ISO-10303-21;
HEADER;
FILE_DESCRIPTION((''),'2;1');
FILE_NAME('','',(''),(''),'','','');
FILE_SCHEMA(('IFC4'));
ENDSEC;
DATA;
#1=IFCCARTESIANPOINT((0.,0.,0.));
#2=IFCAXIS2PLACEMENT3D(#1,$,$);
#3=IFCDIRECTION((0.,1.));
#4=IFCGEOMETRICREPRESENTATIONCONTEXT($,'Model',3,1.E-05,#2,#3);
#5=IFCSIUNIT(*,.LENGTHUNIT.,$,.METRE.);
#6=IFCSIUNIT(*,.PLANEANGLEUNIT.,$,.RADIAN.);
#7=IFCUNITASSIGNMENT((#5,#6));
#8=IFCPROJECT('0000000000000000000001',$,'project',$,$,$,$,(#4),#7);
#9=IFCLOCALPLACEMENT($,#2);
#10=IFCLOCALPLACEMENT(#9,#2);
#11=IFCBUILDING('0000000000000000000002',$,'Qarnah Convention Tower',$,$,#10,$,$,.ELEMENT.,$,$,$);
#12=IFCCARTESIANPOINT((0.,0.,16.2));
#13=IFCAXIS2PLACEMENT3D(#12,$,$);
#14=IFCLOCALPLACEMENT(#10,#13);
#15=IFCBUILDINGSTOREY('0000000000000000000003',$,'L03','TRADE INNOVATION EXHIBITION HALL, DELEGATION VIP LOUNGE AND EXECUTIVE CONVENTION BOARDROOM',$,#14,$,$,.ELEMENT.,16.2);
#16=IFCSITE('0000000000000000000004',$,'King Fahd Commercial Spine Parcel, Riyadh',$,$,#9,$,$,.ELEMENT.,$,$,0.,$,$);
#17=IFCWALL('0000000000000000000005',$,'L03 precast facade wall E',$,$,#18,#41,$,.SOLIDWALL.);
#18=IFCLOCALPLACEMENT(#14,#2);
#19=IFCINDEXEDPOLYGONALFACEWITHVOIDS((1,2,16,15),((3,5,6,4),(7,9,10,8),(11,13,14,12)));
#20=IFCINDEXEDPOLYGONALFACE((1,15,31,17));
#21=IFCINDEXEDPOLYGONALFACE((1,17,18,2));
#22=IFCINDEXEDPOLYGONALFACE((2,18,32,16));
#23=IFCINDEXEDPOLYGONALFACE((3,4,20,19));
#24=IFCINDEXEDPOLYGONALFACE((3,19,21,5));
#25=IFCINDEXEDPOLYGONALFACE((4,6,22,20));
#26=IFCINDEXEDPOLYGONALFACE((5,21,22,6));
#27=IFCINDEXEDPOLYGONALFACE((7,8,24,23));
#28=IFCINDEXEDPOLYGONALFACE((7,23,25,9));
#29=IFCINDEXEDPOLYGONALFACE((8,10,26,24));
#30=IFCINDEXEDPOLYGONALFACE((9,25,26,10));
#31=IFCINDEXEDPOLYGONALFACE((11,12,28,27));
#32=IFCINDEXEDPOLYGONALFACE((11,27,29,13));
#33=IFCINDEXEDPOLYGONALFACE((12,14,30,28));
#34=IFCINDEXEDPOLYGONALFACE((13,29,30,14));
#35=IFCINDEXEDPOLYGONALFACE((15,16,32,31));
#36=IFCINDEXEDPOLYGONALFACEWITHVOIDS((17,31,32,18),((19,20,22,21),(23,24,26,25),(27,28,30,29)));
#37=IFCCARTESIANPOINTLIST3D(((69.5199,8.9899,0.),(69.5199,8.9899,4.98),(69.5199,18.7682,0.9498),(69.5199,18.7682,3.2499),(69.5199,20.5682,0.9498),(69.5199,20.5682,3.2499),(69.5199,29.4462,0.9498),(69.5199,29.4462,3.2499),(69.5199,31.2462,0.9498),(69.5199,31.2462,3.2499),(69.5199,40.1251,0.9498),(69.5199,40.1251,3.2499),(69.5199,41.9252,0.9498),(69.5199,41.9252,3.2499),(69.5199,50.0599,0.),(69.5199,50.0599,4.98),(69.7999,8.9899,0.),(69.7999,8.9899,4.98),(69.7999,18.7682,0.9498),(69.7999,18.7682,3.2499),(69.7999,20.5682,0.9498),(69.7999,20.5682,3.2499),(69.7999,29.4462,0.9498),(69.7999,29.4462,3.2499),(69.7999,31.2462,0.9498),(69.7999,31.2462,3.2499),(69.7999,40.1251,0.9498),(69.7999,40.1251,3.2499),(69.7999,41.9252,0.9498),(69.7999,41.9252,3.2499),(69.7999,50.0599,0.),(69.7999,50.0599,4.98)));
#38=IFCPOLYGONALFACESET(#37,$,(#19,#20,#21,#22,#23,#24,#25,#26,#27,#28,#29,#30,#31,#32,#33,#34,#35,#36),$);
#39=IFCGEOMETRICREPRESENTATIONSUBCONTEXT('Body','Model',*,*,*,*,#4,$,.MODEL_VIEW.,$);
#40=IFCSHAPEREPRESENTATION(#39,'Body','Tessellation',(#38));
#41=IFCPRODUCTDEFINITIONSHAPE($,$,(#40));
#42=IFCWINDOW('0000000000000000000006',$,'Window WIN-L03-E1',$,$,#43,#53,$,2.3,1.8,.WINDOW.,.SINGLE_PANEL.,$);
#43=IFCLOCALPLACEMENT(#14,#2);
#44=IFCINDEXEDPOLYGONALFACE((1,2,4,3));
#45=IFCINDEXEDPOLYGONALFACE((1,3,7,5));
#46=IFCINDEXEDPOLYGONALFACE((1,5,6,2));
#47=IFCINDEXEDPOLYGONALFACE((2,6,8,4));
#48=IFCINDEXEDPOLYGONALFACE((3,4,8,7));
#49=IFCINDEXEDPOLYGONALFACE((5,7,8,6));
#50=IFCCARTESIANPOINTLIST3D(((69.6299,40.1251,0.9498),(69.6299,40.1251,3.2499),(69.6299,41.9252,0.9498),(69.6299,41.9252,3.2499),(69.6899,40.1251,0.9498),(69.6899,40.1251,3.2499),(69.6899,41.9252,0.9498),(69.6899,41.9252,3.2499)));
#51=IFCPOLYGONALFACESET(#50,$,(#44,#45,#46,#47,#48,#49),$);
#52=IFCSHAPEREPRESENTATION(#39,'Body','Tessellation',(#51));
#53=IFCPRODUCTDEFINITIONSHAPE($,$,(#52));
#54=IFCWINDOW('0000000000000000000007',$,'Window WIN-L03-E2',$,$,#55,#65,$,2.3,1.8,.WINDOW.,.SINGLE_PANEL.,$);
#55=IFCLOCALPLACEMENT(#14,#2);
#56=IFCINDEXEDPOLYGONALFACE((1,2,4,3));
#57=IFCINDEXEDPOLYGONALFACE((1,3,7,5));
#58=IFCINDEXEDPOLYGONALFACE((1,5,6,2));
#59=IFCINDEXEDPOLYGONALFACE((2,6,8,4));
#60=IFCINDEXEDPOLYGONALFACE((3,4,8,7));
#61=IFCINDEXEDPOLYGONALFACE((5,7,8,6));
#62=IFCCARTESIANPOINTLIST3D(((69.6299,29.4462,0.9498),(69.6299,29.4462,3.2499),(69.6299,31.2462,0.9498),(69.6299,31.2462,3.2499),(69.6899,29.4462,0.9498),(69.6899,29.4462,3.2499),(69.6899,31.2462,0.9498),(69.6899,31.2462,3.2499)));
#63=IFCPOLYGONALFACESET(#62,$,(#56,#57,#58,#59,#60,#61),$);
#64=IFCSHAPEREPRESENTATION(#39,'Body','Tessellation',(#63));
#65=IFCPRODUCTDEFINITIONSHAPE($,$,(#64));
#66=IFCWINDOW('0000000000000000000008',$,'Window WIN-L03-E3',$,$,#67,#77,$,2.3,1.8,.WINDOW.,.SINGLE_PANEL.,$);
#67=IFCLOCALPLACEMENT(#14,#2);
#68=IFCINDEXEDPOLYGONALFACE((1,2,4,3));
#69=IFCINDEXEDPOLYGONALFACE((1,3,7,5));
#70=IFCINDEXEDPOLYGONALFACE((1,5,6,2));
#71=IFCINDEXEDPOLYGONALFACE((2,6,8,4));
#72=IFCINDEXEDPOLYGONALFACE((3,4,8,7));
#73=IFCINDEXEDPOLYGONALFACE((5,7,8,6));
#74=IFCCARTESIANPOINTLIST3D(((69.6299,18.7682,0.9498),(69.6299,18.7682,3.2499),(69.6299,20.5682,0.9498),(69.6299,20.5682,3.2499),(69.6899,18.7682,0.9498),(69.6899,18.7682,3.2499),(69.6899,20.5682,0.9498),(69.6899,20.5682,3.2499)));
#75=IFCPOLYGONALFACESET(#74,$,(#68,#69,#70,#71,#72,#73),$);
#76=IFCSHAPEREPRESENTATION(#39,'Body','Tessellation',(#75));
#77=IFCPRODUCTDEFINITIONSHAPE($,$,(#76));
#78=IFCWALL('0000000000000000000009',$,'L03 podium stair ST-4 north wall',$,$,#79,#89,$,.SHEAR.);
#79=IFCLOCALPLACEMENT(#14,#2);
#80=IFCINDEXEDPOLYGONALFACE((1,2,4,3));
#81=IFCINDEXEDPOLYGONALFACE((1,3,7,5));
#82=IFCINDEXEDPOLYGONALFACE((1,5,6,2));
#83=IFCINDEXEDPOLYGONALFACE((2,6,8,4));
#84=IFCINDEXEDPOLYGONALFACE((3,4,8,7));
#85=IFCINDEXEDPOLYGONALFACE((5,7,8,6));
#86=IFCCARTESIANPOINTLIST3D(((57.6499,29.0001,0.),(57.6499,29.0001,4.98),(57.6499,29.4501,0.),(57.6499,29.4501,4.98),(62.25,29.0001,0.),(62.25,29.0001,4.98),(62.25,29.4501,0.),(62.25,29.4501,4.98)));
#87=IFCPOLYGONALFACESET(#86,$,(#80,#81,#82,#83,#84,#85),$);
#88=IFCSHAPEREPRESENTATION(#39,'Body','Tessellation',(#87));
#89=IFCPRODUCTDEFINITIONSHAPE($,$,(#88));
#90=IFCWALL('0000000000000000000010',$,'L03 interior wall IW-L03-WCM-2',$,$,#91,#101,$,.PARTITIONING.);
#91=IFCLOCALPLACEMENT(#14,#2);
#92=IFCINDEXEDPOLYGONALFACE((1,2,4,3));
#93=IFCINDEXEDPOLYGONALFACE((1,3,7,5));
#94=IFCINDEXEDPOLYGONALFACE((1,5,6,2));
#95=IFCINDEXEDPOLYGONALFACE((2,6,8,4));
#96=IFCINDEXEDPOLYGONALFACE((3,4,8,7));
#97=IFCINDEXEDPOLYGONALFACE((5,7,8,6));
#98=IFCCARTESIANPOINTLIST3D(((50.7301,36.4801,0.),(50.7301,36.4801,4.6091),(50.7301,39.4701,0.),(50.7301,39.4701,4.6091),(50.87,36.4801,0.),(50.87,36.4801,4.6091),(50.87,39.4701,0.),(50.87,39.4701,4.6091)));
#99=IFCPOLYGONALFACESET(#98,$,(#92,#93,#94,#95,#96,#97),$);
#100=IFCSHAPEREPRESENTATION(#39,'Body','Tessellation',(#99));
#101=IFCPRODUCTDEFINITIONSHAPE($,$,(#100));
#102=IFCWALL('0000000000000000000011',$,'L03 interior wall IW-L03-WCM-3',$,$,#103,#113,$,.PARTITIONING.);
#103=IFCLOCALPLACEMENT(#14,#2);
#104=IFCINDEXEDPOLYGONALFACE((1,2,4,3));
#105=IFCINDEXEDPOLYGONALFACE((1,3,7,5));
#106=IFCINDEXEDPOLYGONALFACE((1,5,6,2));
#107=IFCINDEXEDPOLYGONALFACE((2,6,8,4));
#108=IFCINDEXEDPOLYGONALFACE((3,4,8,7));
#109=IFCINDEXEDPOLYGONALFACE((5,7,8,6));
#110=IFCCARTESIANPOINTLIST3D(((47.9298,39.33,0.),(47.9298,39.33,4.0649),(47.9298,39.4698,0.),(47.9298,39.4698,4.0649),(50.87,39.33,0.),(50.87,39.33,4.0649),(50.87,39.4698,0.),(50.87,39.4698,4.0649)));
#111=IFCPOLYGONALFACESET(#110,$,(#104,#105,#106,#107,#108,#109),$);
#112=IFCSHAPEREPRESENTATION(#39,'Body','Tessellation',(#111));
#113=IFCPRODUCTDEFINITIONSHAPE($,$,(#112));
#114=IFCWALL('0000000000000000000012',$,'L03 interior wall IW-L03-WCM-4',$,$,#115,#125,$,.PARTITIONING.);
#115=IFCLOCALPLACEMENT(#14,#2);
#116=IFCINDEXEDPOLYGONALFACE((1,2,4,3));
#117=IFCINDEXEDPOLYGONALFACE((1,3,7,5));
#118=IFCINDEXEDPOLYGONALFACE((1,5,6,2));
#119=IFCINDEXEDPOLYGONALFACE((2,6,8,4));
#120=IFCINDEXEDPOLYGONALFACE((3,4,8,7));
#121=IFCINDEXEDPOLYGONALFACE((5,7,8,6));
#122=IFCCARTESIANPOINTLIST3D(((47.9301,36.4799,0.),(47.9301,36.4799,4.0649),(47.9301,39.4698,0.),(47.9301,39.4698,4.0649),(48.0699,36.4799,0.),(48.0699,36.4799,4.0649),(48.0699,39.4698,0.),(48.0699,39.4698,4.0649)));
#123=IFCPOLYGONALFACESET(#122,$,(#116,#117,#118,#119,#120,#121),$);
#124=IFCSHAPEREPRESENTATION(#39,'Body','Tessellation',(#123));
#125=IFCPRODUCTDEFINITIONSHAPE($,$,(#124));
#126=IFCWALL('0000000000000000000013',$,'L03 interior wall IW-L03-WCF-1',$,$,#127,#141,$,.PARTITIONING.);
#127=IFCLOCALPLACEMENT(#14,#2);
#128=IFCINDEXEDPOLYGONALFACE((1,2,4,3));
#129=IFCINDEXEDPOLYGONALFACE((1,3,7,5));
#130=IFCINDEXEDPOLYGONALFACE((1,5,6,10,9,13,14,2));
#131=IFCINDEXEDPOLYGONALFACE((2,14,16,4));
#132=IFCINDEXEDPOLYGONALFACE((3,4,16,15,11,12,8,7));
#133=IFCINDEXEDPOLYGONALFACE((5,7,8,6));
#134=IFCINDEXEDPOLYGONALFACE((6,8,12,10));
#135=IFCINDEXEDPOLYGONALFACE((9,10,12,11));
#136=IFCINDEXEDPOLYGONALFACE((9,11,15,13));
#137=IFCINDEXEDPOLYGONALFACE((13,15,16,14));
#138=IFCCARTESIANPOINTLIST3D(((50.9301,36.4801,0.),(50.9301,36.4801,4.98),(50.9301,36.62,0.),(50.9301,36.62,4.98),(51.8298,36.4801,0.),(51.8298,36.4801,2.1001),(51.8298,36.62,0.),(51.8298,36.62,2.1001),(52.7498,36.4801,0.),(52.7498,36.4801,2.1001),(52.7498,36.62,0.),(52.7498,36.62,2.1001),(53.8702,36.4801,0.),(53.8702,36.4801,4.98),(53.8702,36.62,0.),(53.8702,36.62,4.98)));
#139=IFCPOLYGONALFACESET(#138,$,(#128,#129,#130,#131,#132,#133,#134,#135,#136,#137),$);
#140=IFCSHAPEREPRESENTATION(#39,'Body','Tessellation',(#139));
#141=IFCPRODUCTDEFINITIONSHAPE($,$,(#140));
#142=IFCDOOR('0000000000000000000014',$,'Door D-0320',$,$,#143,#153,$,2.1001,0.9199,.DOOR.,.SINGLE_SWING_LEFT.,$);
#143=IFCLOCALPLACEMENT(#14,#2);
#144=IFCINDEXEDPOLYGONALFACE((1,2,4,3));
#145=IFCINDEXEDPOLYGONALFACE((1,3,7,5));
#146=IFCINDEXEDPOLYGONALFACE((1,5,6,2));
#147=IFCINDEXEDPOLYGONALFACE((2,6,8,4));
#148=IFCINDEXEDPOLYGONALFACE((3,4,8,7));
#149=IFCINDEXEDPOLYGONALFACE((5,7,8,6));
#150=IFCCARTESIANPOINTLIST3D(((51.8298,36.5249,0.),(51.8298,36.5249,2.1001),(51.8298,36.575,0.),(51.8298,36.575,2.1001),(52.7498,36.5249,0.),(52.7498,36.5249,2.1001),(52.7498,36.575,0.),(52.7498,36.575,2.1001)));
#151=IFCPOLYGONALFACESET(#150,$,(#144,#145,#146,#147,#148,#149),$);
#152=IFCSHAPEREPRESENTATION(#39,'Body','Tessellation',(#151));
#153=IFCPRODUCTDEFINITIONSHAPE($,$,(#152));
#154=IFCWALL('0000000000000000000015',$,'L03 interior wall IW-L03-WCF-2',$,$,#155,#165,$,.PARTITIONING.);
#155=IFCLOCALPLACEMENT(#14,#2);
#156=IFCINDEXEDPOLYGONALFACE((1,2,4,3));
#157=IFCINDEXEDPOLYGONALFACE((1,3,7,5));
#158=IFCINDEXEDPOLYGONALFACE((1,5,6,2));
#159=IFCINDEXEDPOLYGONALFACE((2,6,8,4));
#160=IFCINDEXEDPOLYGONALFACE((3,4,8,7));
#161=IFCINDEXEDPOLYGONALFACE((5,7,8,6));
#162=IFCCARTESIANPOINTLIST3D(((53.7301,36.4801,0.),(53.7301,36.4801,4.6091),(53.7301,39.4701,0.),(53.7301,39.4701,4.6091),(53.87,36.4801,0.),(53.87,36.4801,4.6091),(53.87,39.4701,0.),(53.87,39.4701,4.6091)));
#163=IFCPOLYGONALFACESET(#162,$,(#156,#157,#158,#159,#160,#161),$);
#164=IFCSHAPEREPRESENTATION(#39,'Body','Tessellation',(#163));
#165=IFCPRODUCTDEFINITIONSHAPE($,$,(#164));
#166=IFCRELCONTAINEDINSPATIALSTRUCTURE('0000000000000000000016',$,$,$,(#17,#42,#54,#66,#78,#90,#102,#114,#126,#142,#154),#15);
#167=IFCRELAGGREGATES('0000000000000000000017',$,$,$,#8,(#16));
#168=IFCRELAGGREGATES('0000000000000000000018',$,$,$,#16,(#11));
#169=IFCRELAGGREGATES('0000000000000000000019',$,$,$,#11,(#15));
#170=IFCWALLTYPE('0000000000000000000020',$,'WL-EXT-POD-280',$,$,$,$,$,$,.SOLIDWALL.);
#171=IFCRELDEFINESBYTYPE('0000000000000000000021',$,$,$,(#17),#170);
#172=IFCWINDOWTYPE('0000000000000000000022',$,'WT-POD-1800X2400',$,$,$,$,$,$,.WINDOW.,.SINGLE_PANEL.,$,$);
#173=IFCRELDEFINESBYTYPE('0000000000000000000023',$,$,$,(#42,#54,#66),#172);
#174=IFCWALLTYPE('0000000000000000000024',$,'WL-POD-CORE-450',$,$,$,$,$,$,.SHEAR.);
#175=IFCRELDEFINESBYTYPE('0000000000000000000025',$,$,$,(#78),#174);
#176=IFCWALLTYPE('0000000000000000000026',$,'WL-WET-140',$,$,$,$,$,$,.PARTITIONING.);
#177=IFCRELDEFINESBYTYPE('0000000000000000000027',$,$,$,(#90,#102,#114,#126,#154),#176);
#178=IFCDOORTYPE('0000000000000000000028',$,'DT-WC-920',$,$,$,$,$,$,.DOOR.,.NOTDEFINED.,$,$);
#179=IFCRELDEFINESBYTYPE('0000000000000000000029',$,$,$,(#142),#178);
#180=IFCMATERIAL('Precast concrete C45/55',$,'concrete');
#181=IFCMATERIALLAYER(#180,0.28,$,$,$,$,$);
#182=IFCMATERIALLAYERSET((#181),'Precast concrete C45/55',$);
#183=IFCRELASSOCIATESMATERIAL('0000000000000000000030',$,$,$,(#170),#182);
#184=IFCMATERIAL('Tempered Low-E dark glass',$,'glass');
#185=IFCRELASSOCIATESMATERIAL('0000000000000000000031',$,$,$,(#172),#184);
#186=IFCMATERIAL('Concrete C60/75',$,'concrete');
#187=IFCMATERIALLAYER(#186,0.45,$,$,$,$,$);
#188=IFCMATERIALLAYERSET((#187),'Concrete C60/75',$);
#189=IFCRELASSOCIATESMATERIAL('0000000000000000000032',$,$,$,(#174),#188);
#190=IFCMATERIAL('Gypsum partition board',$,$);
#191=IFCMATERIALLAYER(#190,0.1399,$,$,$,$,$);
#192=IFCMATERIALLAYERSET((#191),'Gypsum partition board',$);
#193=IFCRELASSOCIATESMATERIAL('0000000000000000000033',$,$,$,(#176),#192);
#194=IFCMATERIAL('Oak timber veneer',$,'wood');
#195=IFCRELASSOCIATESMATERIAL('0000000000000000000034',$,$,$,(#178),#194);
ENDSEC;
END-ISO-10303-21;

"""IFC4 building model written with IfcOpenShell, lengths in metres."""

from ifc_helpers import new_model, si_unit, direction, frame, frame_2d, origin, place, context, subcontext, project, spatial, rectangle, extrude, material, layer, layer_set, type_object, element, fill, save


model = new_model("IFC4")

# Units and contexts
model_context = context("Model", 3, precision=1e-05, world=origin(), true_north=direction((0.0, 1.0)))
body_context = subcontext(model_context, "Body", "Model", "MODEL_VIEW")
ifc_project = project(units=[si_unit("LENGTHUNIT", "METRE"), si_unit("PLANEANGLEUNIT", "RADIAN")], contexts=[model_context])

# Site, building, storey
site_placement = place(None, origin())
site = spatial("IfcSite", under=ifc_project, at=site_placement, Name="King Fahd Commercial Spine Parcel, Riyadh", CompositionType="ELEMENT", RefElevation=0.0)
building_placement = place(site_placement, origin())
building = spatial("IfcBuilding", under=site, at=building_placement, Name="Qarnah Convention Tower", CompositionType="ELEMENT")
storey_placement = place(building_placement, frame((0.0, 0.0, 16.2)))
storey = spatial("IfcBuildingStorey", under=building, at=storey_placement, Name="L03", Description="TRADE INNOVATION EXHIBITION HALL, DELEGATION VIP LOUNGE AND EXECUTIVE CONVENTION BOARDROOM", CompositionType="ELEMENT", Elevation=16.2)

# Shared definitions
ifc_material_1 = material(Name="Concrete C60/75", Category="concrete")
ifc_material_2 = material(Name="Precast concrete C45/55", Category="concrete")

# Shared definitions
ifc_material_3 = material(Name="Gypsum partition board")

# Shared definitions
ifc_material_4 = material(Name="Oak timber veneer", Category="wood")

# Wall, openings, windows
ifc_layer_1 = layer(ifc_material_2, 0.28)
ifc_layer_set_1 = layer_set([ifc_layer_1], Name="Precast concrete C45/55")
wall_type_1 = type_object("IfcWallType", Name="WL-EXT-POD-280", PredefinedType="SOLIDWALL", material=ifc_layer_set_1)
wall_1_placement = place(storey_placement, frame((69.6599, 50.0601, 0.0), z_axis=(0.0, 0.0, 1.0), x_axis=(0.0, -1.0, 0.0)))
wall_1 = element("IfcWall", 1, at=wall_1_placement, inside=storey, type_object=wall_type_1, Name="L03 precast facade wall E", PredefinedType="SOLIDWALL", context=body_context, shape_type="SweptSolid", body=[
    extrude(rectangle(XDim=41.0701, YDim=0.28, at=frame_2d((20.5352, 0.0))), origin(), (0.0, 0.0, 1.0), 4.98),
])
opening_1_placement = place(wall_1_placement, frame((8.135, 0.0, 0.95)))
opening_1 = element("IfcOpeningElement", 2, at=opening_1_placement, cuts=wall_1, PredefinedType="OPENING", context=body_context, shape_type="SweptSolid", body=[
    extrude(rectangle(XDim=1.8, YDim=2.3, at=frame_2d((0.8999, 1.1499))), frame((0.0, 0.1499, 0.0), z_axis=(0.0, -1.0, 0.0), x_axis=(1.0, 0.0, 0.0)), (0.0, 0.0, 1.0), 0.3),
])
opening_2_placement = place(wall_1_placement, frame((18.814, 0.0, 0.95)))
opening_2 = element("IfcOpeningElement", 3, at=opening_2_placement, cuts=wall_1, PredefinedType="OPENING", context=body_context, shape_type="SweptSolid", body=[
    extrude(rectangle(XDim=1.8, YDim=2.3, at=frame_2d((0.8999, 1.1499))), frame((0.0, 0.1499, 0.0), z_axis=(0.0, -1.0, 0.0), x_axis=(1.0, 0.0, 0.0)), (0.0, 0.0, 1.0), 0.3),
])
opening_3_placement = place(wall_1_placement, frame((29.4919, 0.0, 0.95)))
opening_3 = element("IfcOpeningElement", 4, at=opening_3_placement, cuts=wall_1, PredefinedType="OPENING", context=body_context, shape_type="SweptSolid", body=[
    extrude(rectangle(XDim=1.8, YDim=2.3, at=frame_2d((0.8999, 1.1499))), frame((0.0, 0.1499, 0.0), z_axis=(0.0, -1.0, 0.0), x_axis=(1.0, 0.0, 0.0)), (0.0, 0.0, 1.0), 0.3),
])
ifc_material_5 = material(Name="Tempered Low-E dark glass", Category="glass")
window_type = type_object("IfcWindowType", Name="WT-POD-1800X2400", PartitioningType="SINGLE_PANEL", PredefinedType="WINDOW", material=ifc_material_5)
window_1_placement = place(opening_1_placement, origin())
window_1 = element("IfcWindow", 5, at=window_1_placement, inside=storey, type_object=window_type, Name="Window WIN-L03-E1", OverallHeight=2.3, OverallWidth=1.8, PartitioningType="SINGLE_PANEL", PredefinedType="WINDOW", context=body_context, shape_type="SweptSolid", body=[
    extrude(rectangle(XDim=1.8, YDim=2.3, at=frame_2d((0.8999, 1.1499))), frame((0.0, 0.03, 0.0), z_axis=(0.0, -1.0, 0.0), x_axis=(1.0, 0.0, 0.0)), (0.0, 0.0, 1.0), 0.0601),
])
fill(opening_1, window_1)
window_2_placement = place(opening_2_placement, origin())
window_2 = element("IfcWindow", 6, at=window_2_placement, inside=storey, type_object=window_type, Name="Window WIN-L03-E2", OverallHeight=2.3, OverallWidth=1.8, PartitioningType="SINGLE_PANEL", PredefinedType="WINDOW", context=body_context, shape_type="SweptSolid", body=[
    extrude(rectangle(XDim=1.8, YDim=2.3, at=frame_2d((0.8999, 1.1499))), frame((0.0, 0.03, 0.0), z_axis=(0.0, -1.0, 0.0), x_axis=(1.0, 0.0, 0.0)), (0.0, 0.0, 1.0), 0.0601),
])
fill(opening_2, window_2)
window_3_placement = place(opening_3_placement, origin())
window_3 = element("IfcWindow", 7, at=window_3_placement, inside=storey, type_object=window_type, Name="Window WIN-L03-E3", OverallHeight=2.3, OverallWidth=1.8, PartitioningType="SINGLE_PANEL", PredefinedType="WINDOW", context=body_context, shape_type="SweptSolid", body=[
    extrude(rectangle(XDim=1.8, YDim=2.3, at=frame_2d((0.8999, 1.1499))), frame((0.0, 0.03, 0.0), z_axis=(0.0, -1.0, 0.0), x_axis=(1.0, 0.0, 0.0)), (0.0, 0.0, 1.0), 0.0601),
])
fill(opening_3, window_3)

# Walls
ifc_layer_2 = layer(ifc_material_1, 0.45)
ifc_layer_set_2 = layer_set([ifc_layer_2], Name="Concrete C60/75")
wall_type_2 = type_object("IfcWallType", Name="WL-POD-CORE-450", PredefinedType="SHEAR", material=ifc_layer_set_2)
wall_2_placement = place(storey_placement, frame((57.6499, 29.2251, 0.0), z_axis=(0.0, 0.0, 1.0), x_axis=(1.0, 0.0, 0.0)))
element("IfcWall", 8, at=wall_2_placement, inside=storey, type_object=wall_type_2, Name="L03 podium stair ST-4 north wall", PredefinedType="SHEAR", context=body_context, shape_type="SweptSolid", body=[
    extrude(rectangle(XDim=4.6001, YDim=0.45, at=frame_2d((2.3, 0.0))), origin(), (0.0, 0.0, 1.0), 4.98),
])
ifc_layer_3 = layer(ifc_material_3, 0.1399)
ifc_layer_set_3 = layer_set([ifc_layer_3], Name="Gypsum partition board")
wall_type_3 = type_object("IfcWallType", Name="WL-WET-140", PredefinedType="PARTITIONING", material=ifc_layer_set_3)
wall_3_placement = place(storey_placement, frame((50.8, 36.48, 0.0), z_axis=(0.0, 0.0, 1.0), x_axis=(0.0, 1.0, 0.0)))
element("IfcWall", 9, at=wall_3_placement, inside=storey, type_object=wall_type_3, Name="L03 interior wall IW-L03-WCM-2", PredefinedType="PARTITIONING", context=body_context, shape_type="SweptSolid", body=[
    extrude(rectangle(XDim=2.99, YDim=0.1399, at=frame_2d((1.4951, 0.0))), origin(), (0.0, 0.0, 1.0), 4.6091),
])
wall_4_placement = place(storey_placement, frame((50.8701, 39.3999, 0.0), z_axis=(0.0, 0.0, 1.0), x_axis=(-1.0, 0.0, 0.0)))
element("IfcWall", 10, at=wall_4_placement, inside=storey, type_object=wall_type_3, Name="L03 interior wall IW-L03-WCM-3", PredefinedType="PARTITIONING", context=body_context, shape_type="SweptSolid", body=[
    extrude(rectangle(XDim=2.9402, YDim=0.1399, at=frame_2d((1.4702, 0.0))), origin(), (0.0, 0.0, 1.0), 4.0649),
])
wall_5_placement = place(storey_placement, frame((48.0, 39.47, 0.0), z_axis=(0.0, 0.0, 1.0), x_axis=(0.0, -1.0, 0.0)))
element("IfcWall", 11, at=wall_5_placement, inside=storey, type_object=wall_type_3, Name="L03 interior wall IW-L03-WCM-4", PredefinedType="PARTITIONING", context=body_context, shape_type="SweptSolid", body=[
    extrude(rectangle(XDim=2.99, YDim=0.1399, at=frame_2d((1.4951, 0.0))), origin(), (0.0, 0.0, 1.0), 4.0649),
])

# Wall, opening, door
wall_6_placement = place(storey_placement, frame((50.9299, 36.55, 0.0), z_axis=(0.0, 0.0, 1.0), x_axis=(1.0, 0.0, 0.0)))
wall_6 = element("IfcWall", 12, at=wall_6_placement, inside=storey, type_object=wall_type_3, Name="L03 interior wall IW-L03-WCF-1", PredefinedType="PARTITIONING", context=body_context, shape_type="SweptSolid", body=[
    extrude(rectangle(XDim=2.9402, YDim=0.1399, at=frame_2d((1.4702, 0.0))), origin(), (0.0, 0.0, 1.0), 4.98),
])
opening_4_placement = place(wall_6_placement, frame((0.8999, 0.0, 0.0)))
opening_4 = element("IfcOpeningElement", 13, at=opening_4_placement, cuts=wall_6, PredefinedType="OPENING", context=body_context, shape_type="SweptSolid", body=[
    extrude(rectangle(XDim=0.9199, YDim=2.1001, at=frame_2d((0.46, 1.05))), frame((0.0, 0.0798, 0.0), z_axis=(0.0, -1.0, 0.0), x_axis=(1.0, 0.0, 0.0)), (0.0, 0.0, 1.0), 0.1599),
])
door_type_1 = type_object("IfcDoorType", Name="DT-WC-920", OperationType="NOTDEFINED", PredefinedType="DOOR", material=ifc_material_4)
door_1_placement = place(opening_4_placement, origin())
door_1 = element("IfcDoor", 14, at=door_1_placement, inside=storey, type_object=door_type_1, Name="Door D-0320", OperationType="SINGLE_SWING_LEFT", OverallHeight=2.1001, OverallWidth=0.9199, PredefinedType="DOOR", context=body_context, shape_type="SweptSolid", body=[
    extrude(rectangle(XDim=0.9199, YDim=2.1001, at=frame_2d((0.46, 1.05))), frame((0.0, 0.0249, 0.0), z_axis=(0.0, -1.0, 0.0), x_axis=(1.0, 0.0, 0.0)), (0.0, 0.0, 1.0), 0.05),
])
fill(opening_4, door_1)

# Wall
wall_7_placement = place(storey_placement, frame((53.8, 36.48, 0.0), z_axis=(0.0, 0.0, 1.0), x_axis=(0.0, 1.0, 0.0)))
element("IfcWall", 15, at=wall_7_placement, inside=storey, type_object=wall_type_3, Name="L03 interior wall IW-L03-WCF-2", PredefinedType="PARTITIONING", context=body_context, shape_type="SweptSolid", body=[
    extrude(rectangle(XDim=2.99, YDim=0.1399, at=frame_2d((1.4951, 0.0))), origin(), (0.0, 0.0, 1.0), 4.6091),
])

save(model, "model.ifc")
